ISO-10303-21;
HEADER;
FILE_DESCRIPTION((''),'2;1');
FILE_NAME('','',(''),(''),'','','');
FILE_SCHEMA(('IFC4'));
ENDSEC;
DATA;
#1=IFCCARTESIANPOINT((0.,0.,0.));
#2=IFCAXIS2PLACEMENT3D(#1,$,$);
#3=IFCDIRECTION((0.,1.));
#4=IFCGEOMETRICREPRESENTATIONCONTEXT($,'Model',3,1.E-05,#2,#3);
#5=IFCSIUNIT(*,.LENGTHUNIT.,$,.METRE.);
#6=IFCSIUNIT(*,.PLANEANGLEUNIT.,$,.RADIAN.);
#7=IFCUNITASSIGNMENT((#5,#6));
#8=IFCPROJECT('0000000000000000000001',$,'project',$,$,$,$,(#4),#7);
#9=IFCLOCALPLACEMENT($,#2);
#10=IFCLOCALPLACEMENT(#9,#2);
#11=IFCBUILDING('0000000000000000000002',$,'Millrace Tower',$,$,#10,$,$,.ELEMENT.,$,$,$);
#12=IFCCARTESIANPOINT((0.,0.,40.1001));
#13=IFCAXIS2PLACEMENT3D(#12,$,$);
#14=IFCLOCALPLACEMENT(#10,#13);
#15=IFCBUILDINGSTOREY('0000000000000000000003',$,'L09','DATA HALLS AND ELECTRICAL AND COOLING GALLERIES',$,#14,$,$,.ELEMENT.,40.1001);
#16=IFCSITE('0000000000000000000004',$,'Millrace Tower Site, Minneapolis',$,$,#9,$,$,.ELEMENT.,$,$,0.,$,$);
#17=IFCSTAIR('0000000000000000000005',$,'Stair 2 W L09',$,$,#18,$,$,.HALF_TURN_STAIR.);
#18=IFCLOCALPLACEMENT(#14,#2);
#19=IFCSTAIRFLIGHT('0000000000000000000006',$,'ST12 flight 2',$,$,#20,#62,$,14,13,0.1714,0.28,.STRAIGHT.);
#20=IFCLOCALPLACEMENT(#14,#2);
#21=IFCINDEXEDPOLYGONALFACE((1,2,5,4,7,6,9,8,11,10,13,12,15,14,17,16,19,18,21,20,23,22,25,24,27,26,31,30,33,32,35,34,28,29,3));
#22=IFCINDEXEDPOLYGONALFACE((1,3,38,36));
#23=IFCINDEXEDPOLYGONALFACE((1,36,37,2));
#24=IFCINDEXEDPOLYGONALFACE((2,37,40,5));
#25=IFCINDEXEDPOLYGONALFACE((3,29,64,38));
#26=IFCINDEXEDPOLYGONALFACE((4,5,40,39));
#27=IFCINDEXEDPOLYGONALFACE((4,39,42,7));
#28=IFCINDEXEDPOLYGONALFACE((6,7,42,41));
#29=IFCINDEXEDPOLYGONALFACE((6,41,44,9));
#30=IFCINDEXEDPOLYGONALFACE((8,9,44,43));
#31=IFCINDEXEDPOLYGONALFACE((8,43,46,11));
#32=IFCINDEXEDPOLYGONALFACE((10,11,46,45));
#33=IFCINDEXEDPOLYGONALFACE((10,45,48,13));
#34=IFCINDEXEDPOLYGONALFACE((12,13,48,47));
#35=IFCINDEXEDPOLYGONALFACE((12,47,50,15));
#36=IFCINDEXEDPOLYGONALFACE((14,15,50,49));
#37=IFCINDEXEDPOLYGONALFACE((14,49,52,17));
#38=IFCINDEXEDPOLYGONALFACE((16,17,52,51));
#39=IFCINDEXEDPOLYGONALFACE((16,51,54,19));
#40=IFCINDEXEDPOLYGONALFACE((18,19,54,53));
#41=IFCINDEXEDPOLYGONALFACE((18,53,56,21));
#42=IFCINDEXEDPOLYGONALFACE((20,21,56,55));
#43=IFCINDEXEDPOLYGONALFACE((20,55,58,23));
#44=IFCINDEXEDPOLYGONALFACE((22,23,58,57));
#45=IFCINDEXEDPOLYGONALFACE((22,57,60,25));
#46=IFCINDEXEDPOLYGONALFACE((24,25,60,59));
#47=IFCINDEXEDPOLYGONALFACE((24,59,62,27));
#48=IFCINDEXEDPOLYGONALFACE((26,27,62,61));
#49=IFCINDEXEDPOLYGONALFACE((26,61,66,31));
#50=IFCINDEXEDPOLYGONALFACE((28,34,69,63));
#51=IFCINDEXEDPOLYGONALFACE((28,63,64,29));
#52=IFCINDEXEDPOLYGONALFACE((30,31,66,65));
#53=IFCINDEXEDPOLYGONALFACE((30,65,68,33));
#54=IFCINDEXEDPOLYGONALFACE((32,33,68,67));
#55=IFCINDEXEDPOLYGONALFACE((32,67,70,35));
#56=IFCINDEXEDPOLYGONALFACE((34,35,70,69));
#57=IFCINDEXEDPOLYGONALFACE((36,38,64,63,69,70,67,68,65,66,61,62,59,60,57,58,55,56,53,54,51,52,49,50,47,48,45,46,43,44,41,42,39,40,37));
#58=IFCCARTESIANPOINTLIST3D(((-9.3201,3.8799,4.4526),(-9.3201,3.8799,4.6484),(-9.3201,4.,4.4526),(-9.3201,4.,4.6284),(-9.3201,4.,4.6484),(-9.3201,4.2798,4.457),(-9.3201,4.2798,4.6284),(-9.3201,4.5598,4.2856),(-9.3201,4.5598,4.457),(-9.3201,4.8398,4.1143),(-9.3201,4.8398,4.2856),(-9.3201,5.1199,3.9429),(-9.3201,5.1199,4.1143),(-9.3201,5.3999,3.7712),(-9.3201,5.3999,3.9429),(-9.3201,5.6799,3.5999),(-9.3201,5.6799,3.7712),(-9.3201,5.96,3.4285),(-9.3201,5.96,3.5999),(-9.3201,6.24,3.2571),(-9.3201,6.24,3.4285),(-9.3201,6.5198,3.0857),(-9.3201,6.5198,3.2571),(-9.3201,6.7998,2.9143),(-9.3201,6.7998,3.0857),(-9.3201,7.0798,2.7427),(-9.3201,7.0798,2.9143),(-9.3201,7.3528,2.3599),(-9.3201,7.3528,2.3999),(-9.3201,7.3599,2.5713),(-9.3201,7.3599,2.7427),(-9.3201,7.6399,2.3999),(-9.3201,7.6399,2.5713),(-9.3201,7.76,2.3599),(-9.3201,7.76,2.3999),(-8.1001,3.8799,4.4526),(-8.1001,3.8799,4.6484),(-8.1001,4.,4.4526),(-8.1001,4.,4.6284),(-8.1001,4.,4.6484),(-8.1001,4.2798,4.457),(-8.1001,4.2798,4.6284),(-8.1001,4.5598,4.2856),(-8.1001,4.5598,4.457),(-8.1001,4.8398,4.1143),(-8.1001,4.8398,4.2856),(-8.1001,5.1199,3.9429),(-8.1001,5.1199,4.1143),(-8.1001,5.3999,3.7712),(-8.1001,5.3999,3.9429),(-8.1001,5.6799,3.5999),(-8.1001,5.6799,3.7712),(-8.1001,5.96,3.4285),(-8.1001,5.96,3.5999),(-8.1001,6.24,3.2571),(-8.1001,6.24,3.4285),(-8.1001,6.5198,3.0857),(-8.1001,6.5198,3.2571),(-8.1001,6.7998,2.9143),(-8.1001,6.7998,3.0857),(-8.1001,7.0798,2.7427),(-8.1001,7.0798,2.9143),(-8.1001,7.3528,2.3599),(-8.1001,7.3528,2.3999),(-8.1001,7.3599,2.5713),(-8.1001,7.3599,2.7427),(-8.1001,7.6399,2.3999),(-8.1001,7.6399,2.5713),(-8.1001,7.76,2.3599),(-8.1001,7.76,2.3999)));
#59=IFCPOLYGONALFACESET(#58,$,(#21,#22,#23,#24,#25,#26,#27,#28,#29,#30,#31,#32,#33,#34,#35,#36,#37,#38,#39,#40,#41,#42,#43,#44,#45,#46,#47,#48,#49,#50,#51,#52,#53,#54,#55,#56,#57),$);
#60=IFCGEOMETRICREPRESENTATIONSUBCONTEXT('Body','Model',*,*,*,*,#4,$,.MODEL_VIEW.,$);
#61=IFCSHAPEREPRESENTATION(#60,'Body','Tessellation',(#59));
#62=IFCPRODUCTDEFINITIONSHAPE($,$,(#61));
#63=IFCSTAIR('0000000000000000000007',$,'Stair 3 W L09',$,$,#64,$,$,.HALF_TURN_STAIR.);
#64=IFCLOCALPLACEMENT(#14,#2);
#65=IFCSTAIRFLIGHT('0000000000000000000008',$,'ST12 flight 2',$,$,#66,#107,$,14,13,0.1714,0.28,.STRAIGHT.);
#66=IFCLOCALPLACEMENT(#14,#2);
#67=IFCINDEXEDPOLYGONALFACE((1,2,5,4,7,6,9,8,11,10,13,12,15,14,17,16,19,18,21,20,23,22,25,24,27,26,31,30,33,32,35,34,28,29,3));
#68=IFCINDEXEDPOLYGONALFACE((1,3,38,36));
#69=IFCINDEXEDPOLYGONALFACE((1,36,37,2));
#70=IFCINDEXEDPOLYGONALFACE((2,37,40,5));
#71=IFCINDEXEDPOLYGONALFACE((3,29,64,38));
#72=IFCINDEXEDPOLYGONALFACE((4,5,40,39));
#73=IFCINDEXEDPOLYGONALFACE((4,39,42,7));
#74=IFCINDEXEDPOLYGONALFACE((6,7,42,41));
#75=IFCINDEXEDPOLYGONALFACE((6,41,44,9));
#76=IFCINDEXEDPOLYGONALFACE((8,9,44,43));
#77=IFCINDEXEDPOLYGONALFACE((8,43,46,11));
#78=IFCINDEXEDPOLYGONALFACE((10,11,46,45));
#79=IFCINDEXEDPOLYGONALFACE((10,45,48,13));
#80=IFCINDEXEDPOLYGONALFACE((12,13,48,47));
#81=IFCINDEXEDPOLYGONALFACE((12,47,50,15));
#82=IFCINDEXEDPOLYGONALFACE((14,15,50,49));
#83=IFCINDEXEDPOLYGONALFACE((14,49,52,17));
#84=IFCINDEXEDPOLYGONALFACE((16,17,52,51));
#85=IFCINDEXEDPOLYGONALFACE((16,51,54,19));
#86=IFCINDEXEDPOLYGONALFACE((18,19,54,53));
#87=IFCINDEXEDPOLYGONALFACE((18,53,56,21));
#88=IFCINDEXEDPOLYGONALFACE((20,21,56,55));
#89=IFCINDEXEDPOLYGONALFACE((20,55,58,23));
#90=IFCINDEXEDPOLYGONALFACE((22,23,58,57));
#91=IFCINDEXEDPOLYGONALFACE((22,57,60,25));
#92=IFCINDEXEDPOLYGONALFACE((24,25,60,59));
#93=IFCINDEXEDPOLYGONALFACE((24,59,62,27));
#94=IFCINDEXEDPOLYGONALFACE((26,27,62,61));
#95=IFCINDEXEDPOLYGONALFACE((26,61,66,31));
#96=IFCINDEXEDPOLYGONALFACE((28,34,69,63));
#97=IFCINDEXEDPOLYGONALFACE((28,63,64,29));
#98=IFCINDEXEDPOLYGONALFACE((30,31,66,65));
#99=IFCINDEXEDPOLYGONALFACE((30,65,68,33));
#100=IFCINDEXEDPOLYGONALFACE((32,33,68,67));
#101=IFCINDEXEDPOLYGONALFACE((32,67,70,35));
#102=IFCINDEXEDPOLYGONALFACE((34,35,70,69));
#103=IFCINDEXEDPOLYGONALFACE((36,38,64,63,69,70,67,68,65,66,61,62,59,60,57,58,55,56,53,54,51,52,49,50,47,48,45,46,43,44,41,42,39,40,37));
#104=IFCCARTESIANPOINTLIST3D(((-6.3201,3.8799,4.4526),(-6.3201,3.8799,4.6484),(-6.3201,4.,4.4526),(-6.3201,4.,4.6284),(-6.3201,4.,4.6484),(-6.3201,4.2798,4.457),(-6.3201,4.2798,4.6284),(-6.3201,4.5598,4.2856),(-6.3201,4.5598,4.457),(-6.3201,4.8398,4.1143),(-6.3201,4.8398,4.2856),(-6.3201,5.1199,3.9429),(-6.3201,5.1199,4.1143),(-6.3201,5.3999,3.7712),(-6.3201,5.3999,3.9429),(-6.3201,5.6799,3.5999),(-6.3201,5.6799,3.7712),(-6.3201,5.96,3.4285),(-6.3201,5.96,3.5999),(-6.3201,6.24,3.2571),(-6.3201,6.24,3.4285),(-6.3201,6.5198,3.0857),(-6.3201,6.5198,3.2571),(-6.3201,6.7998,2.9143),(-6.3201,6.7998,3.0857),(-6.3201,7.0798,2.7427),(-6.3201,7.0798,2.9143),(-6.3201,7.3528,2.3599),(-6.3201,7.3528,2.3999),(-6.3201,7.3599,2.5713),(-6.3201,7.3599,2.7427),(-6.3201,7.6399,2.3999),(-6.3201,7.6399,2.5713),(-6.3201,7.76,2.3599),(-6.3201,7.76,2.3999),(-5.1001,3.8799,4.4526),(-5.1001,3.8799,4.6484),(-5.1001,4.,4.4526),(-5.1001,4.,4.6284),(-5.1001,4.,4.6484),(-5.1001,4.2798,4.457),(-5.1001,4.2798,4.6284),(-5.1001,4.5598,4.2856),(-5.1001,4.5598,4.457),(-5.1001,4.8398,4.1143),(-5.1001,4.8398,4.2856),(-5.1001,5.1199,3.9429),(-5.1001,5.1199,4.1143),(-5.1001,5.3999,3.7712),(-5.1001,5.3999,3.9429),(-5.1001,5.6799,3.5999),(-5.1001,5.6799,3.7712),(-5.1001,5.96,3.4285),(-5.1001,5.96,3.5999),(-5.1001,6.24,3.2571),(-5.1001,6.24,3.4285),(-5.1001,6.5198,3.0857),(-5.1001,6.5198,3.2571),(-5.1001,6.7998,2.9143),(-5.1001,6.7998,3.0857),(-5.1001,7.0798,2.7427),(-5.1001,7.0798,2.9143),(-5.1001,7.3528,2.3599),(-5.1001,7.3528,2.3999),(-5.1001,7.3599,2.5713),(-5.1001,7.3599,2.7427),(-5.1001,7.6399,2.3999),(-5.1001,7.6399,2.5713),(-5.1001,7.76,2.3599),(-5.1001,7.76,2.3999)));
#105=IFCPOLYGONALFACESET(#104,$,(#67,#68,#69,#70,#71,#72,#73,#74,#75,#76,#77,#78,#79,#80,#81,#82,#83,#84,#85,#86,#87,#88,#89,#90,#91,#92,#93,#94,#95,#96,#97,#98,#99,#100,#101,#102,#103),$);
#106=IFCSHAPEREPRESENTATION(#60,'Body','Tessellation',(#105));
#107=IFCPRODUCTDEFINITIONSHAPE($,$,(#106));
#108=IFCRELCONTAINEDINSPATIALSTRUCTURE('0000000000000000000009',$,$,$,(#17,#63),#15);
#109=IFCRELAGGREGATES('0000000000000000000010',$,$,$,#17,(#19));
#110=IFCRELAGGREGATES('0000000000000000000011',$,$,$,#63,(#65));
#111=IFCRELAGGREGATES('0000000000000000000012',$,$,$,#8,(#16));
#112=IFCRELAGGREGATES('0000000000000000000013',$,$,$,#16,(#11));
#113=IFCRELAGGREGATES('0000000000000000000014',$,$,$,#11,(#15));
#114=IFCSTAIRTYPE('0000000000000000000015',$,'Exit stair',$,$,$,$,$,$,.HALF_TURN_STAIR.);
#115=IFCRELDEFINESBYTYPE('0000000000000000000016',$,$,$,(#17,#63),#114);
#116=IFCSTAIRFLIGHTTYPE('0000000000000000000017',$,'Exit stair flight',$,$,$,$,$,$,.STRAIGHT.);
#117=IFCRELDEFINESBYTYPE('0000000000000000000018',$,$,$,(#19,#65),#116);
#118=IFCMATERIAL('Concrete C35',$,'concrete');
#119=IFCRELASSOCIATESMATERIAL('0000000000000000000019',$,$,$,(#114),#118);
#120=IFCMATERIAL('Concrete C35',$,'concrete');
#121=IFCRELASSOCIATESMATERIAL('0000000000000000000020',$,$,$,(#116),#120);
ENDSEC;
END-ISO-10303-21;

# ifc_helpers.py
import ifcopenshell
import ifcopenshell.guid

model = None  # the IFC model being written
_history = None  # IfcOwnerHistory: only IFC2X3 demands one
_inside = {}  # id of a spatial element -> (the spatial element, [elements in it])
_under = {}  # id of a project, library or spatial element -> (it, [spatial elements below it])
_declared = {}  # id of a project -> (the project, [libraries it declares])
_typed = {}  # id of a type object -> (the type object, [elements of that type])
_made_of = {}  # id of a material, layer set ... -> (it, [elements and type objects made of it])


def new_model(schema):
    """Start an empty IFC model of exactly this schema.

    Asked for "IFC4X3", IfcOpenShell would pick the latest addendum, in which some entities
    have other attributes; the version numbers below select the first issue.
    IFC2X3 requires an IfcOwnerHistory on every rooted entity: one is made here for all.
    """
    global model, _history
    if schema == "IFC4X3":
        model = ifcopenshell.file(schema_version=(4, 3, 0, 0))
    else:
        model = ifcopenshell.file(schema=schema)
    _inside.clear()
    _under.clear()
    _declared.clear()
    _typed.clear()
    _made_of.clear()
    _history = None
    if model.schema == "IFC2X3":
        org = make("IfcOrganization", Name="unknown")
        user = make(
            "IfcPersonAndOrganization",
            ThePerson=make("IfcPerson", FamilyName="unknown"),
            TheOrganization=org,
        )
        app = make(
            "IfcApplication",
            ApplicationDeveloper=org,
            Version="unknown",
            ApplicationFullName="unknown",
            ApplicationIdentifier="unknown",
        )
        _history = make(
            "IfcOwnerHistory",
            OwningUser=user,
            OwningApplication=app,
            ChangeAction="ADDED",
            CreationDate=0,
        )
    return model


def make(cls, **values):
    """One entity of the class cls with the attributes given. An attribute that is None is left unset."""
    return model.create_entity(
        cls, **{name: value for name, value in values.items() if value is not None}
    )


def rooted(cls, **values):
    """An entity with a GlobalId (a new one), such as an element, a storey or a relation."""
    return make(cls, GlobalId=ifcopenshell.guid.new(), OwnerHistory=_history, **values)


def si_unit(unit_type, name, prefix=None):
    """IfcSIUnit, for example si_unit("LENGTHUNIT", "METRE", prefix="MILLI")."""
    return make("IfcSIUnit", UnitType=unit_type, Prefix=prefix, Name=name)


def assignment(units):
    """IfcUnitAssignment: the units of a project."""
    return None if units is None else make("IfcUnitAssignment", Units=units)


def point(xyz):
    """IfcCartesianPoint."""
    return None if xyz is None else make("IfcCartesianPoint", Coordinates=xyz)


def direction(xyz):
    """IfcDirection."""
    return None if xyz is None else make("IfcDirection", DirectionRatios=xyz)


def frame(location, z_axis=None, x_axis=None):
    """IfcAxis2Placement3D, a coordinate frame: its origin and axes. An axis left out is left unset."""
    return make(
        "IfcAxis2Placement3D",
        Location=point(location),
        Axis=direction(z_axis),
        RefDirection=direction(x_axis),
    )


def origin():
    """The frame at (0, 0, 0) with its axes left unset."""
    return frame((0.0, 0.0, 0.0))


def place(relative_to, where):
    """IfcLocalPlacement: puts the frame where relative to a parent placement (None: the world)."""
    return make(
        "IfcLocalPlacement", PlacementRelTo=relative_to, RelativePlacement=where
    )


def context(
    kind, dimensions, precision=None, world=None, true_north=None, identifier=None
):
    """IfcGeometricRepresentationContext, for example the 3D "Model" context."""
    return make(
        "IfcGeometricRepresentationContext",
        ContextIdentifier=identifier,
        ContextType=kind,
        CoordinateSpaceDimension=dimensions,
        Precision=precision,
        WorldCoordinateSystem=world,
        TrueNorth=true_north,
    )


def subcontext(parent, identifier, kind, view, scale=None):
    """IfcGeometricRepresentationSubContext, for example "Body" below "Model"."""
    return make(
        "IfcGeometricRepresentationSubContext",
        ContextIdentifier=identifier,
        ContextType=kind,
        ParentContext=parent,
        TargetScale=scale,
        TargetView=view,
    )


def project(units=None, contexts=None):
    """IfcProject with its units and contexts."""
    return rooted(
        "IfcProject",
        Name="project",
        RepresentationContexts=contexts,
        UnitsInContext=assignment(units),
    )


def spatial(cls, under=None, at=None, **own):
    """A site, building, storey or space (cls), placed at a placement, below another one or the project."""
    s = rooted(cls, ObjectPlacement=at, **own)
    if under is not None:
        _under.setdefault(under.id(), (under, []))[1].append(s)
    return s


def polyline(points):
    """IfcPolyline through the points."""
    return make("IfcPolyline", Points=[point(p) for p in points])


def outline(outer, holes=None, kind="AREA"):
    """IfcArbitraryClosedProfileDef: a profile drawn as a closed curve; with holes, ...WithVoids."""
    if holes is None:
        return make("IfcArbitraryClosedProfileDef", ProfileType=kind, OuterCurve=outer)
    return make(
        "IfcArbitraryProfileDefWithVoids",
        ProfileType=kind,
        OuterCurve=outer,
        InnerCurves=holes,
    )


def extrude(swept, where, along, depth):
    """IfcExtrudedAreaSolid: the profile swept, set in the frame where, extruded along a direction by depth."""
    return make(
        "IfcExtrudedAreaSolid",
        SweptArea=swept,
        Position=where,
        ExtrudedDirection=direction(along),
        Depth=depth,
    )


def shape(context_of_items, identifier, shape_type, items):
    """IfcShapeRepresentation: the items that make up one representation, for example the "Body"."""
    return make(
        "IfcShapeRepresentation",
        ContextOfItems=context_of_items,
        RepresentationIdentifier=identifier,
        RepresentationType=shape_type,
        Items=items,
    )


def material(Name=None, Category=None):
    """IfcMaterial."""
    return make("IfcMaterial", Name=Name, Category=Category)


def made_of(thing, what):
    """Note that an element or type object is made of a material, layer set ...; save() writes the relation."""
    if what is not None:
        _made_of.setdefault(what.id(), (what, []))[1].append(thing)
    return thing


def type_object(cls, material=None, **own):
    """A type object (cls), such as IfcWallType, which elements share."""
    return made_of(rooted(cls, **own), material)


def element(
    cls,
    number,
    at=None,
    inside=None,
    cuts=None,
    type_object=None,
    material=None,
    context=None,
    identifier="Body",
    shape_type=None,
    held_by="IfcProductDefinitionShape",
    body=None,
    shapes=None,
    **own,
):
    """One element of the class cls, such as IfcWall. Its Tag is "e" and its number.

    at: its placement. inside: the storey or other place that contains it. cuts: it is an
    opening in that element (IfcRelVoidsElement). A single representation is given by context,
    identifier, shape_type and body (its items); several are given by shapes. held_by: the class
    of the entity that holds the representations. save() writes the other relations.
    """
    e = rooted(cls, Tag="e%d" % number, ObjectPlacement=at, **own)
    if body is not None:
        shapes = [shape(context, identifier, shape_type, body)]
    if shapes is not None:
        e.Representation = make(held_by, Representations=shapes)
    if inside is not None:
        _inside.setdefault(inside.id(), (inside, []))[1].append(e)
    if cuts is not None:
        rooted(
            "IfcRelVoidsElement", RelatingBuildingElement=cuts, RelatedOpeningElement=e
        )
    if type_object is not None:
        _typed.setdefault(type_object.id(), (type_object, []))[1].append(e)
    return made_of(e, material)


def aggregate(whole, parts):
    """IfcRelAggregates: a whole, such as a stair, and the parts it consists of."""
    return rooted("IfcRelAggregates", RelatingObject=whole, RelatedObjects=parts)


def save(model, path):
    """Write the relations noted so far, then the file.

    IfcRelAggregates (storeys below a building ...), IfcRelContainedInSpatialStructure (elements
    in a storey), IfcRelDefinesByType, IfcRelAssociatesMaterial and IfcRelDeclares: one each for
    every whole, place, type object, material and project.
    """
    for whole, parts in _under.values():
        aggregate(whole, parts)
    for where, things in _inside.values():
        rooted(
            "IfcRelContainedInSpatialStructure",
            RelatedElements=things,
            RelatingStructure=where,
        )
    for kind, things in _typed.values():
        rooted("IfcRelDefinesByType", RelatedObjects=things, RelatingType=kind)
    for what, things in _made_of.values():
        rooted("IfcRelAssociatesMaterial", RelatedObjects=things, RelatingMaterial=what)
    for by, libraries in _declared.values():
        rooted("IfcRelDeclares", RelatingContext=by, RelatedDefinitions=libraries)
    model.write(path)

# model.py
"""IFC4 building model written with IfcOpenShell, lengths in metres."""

from ifc_helpers import new_model, si_unit, direction, frame, origin, place, context, subcontext, project, spatial, polyline, outline, extrude, material, type_object, element, aggregate, save


model = new_model("IFC4")

# Units and contexts
model_context = context("Model", 3, precision=1e-05, world=origin(), true_north=direction((0.0, 1.0)))
body_context = subcontext(model_context, "Body", "Model", "MODEL_VIEW")
ifc_project = project(units=[si_unit("LENGTHUNIT", "METRE"), si_unit("PLANEANGLEUNIT", "RADIAN")], contexts=[model_context])

# Site, building, storey
site_placement = place(None, origin())
site = spatial("IfcSite", under=ifc_project, at=site_placement, Name="Millrace Tower Site, Minneapolis", CompositionType="ELEMENT", RefElevation=0.0)
building_placement = place(site_placement, origin())
building = spatial("IfcBuilding", under=site, at=building_placement, Name="Millrace Tower", CompositionType="ELEMENT")
storey_placement = place(building_placement, frame((0.0, 0.0, 40.1001)))
storey = spatial("IfcBuildingStorey", under=building, at=storey_placement, Name="L09", Description="DATA HALLS AND ELECTRICAL AND COOLING GALLERIES", CompositionType="ELEMENT", Elevation=40.1001)

# Shared definitions
placement = place(storey_placement, origin())

# Stairs, stair flights
ifc_material_1 = material(Name="Concrete C35", Category="concrete")
stair_type = type_object("IfcStairType", Name="Exit stair", PredefinedType="HALF_TURN_STAIR", material=ifc_material_1)
ifc_material_2 = material(Name="Concrete C35", Category="concrete")
stair_flight_type = type_object("IfcStairFlightType", Name="Exit stair flight", PredefinedType="STRAIGHT", material=ifc_material_2)
stair_1 = element("IfcStair", 1, at=placement, inside=storey, type_object=stair_type, Name="Stair 2 W L09", PredefinedType="HALF_TURN_STAIR")
stair_flight_1_placement = place(storey_placement, frame((-8.71, 7.6399, 2.3999), z_axis=(0.0, 0.0, 1.0), x_axis=(0.0, -1.0, 0.0)))
stair_flight_1 = element("IfcStairFlight", 2, at=stair_flight_1_placement, type_object=stair_flight_type, Name="ST12 flight 2", NumberOfRisers=14, NumberOfTreads=13, PredefinedType="STRAIGHT", RiserHeight=0.1714, TreadLength=0.28, context=body_context, shape_type="SweptSolid", body=[
    extrude(outline(polyline([(-0.1201, -0.04), (-0.1201, 0.0), (0.0, 0.0), (0.0, 0.1714), (0.28, 0.1714), (0.28, 0.3428), (0.5601, 0.3428), (0.5601, 0.5144), (0.8401, 0.5144), (0.8401, 0.6858), (1.1201, 0.6858), (1.1201, 0.8572), (1.3999, 0.8572), (1.3999, 1.0286), (1.6799, 1.0286), (1.6799, 1.2), (1.96, 1.2), (1.96, 1.3713), (2.24, 1.3713), (2.24, 1.543), (2.52, 1.543), (2.52, 1.7144), (2.8, 1.7144), (2.8, 1.8857), (3.0801, 1.8857), (3.0801, 2.0571), (3.3601, 2.0571), (3.3601, 2.2285), (3.6399, 2.2285), (3.6399, 2.2485), (3.76, 2.2485), (3.76, 2.0527), (3.6399, 2.0527), (0.2871, 0.0), (0.2871, -0.04), (-0.1201, -0.04)])), frame((0.0, 0.6099, 0.0), z_axis=(0.0, -1.0, 0.0), x_axis=(1.0, 0.0, 0.0)), (0.0, 0.0, 1.0), 1.22),
])
aggregate(stair_1, [stair_flight_1])
stair_2 = element("IfcStair", 3, at=placement, inside=storey, type_object=stair_type, Name="Stair 3 W L09", PredefinedType="HALF_TURN_STAIR")
stair_flight_2_placement = place(storey_placement, frame((-5.71, 7.6399, 2.3999), z_axis=(0.0, 0.0, 1.0), x_axis=(0.0, -1.0, 0.0)))
stair_flight_2 = element("IfcStairFlight", 4, at=stair_flight_2_placement, type_object=stair_flight_type, Name="ST12 flight 2", NumberOfRisers=14, NumberOfTreads=13, PredefinedType="STRAIGHT", RiserHeight=0.1714, TreadLength=0.28, context=body_context, shape_type="SweptSolid", body=[
    extrude(outline(polyline([(-0.1201, -0.04), (-0.1201, 0.0), (0.0, 0.0), (0.0, 0.1714), (0.28, 0.1714), (0.28, 0.3428), (0.5601, 0.3428), (0.5601, 0.5144), (0.8401, 0.5144), (0.8401, 0.6858), (1.1201, 0.6858), (1.1201, 0.8572), (1.3999, 0.8572), (1.3999, 1.0286), (1.6799, 1.0286), (1.6799, 1.2), (1.96, 1.2), (1.96, 1.3713), (2.24, 1.3713), (2.24, 1.543), (2.52, 1.543), (2.52, 1.7144), (2.8, 1.7144), (2.8, 1.8857), (3.0801, 1.8857), (3.0801, 2.0571), (3.3601, 2.0571), (3.3601, 2.2285), (3.6399, 2.2285), (3.6399, 2.2485), (3.76, 2.2485), (3.76, 2.0527), (3.6399, 2.0527), (0.2871, 0.0), (0.2871, -0.04), (-0.1201, -0.04)])), frame((0.0, 0.6099, 0.0), z_axis=(0.0, -1.0, 0.0), x_axis=(1.0, 0.0, 0.0)), (0.0, 0.0, 1.0), 1.22),
])
aggregate(stair_2, [stair_flight_2])

save(model, "model.ifc")
